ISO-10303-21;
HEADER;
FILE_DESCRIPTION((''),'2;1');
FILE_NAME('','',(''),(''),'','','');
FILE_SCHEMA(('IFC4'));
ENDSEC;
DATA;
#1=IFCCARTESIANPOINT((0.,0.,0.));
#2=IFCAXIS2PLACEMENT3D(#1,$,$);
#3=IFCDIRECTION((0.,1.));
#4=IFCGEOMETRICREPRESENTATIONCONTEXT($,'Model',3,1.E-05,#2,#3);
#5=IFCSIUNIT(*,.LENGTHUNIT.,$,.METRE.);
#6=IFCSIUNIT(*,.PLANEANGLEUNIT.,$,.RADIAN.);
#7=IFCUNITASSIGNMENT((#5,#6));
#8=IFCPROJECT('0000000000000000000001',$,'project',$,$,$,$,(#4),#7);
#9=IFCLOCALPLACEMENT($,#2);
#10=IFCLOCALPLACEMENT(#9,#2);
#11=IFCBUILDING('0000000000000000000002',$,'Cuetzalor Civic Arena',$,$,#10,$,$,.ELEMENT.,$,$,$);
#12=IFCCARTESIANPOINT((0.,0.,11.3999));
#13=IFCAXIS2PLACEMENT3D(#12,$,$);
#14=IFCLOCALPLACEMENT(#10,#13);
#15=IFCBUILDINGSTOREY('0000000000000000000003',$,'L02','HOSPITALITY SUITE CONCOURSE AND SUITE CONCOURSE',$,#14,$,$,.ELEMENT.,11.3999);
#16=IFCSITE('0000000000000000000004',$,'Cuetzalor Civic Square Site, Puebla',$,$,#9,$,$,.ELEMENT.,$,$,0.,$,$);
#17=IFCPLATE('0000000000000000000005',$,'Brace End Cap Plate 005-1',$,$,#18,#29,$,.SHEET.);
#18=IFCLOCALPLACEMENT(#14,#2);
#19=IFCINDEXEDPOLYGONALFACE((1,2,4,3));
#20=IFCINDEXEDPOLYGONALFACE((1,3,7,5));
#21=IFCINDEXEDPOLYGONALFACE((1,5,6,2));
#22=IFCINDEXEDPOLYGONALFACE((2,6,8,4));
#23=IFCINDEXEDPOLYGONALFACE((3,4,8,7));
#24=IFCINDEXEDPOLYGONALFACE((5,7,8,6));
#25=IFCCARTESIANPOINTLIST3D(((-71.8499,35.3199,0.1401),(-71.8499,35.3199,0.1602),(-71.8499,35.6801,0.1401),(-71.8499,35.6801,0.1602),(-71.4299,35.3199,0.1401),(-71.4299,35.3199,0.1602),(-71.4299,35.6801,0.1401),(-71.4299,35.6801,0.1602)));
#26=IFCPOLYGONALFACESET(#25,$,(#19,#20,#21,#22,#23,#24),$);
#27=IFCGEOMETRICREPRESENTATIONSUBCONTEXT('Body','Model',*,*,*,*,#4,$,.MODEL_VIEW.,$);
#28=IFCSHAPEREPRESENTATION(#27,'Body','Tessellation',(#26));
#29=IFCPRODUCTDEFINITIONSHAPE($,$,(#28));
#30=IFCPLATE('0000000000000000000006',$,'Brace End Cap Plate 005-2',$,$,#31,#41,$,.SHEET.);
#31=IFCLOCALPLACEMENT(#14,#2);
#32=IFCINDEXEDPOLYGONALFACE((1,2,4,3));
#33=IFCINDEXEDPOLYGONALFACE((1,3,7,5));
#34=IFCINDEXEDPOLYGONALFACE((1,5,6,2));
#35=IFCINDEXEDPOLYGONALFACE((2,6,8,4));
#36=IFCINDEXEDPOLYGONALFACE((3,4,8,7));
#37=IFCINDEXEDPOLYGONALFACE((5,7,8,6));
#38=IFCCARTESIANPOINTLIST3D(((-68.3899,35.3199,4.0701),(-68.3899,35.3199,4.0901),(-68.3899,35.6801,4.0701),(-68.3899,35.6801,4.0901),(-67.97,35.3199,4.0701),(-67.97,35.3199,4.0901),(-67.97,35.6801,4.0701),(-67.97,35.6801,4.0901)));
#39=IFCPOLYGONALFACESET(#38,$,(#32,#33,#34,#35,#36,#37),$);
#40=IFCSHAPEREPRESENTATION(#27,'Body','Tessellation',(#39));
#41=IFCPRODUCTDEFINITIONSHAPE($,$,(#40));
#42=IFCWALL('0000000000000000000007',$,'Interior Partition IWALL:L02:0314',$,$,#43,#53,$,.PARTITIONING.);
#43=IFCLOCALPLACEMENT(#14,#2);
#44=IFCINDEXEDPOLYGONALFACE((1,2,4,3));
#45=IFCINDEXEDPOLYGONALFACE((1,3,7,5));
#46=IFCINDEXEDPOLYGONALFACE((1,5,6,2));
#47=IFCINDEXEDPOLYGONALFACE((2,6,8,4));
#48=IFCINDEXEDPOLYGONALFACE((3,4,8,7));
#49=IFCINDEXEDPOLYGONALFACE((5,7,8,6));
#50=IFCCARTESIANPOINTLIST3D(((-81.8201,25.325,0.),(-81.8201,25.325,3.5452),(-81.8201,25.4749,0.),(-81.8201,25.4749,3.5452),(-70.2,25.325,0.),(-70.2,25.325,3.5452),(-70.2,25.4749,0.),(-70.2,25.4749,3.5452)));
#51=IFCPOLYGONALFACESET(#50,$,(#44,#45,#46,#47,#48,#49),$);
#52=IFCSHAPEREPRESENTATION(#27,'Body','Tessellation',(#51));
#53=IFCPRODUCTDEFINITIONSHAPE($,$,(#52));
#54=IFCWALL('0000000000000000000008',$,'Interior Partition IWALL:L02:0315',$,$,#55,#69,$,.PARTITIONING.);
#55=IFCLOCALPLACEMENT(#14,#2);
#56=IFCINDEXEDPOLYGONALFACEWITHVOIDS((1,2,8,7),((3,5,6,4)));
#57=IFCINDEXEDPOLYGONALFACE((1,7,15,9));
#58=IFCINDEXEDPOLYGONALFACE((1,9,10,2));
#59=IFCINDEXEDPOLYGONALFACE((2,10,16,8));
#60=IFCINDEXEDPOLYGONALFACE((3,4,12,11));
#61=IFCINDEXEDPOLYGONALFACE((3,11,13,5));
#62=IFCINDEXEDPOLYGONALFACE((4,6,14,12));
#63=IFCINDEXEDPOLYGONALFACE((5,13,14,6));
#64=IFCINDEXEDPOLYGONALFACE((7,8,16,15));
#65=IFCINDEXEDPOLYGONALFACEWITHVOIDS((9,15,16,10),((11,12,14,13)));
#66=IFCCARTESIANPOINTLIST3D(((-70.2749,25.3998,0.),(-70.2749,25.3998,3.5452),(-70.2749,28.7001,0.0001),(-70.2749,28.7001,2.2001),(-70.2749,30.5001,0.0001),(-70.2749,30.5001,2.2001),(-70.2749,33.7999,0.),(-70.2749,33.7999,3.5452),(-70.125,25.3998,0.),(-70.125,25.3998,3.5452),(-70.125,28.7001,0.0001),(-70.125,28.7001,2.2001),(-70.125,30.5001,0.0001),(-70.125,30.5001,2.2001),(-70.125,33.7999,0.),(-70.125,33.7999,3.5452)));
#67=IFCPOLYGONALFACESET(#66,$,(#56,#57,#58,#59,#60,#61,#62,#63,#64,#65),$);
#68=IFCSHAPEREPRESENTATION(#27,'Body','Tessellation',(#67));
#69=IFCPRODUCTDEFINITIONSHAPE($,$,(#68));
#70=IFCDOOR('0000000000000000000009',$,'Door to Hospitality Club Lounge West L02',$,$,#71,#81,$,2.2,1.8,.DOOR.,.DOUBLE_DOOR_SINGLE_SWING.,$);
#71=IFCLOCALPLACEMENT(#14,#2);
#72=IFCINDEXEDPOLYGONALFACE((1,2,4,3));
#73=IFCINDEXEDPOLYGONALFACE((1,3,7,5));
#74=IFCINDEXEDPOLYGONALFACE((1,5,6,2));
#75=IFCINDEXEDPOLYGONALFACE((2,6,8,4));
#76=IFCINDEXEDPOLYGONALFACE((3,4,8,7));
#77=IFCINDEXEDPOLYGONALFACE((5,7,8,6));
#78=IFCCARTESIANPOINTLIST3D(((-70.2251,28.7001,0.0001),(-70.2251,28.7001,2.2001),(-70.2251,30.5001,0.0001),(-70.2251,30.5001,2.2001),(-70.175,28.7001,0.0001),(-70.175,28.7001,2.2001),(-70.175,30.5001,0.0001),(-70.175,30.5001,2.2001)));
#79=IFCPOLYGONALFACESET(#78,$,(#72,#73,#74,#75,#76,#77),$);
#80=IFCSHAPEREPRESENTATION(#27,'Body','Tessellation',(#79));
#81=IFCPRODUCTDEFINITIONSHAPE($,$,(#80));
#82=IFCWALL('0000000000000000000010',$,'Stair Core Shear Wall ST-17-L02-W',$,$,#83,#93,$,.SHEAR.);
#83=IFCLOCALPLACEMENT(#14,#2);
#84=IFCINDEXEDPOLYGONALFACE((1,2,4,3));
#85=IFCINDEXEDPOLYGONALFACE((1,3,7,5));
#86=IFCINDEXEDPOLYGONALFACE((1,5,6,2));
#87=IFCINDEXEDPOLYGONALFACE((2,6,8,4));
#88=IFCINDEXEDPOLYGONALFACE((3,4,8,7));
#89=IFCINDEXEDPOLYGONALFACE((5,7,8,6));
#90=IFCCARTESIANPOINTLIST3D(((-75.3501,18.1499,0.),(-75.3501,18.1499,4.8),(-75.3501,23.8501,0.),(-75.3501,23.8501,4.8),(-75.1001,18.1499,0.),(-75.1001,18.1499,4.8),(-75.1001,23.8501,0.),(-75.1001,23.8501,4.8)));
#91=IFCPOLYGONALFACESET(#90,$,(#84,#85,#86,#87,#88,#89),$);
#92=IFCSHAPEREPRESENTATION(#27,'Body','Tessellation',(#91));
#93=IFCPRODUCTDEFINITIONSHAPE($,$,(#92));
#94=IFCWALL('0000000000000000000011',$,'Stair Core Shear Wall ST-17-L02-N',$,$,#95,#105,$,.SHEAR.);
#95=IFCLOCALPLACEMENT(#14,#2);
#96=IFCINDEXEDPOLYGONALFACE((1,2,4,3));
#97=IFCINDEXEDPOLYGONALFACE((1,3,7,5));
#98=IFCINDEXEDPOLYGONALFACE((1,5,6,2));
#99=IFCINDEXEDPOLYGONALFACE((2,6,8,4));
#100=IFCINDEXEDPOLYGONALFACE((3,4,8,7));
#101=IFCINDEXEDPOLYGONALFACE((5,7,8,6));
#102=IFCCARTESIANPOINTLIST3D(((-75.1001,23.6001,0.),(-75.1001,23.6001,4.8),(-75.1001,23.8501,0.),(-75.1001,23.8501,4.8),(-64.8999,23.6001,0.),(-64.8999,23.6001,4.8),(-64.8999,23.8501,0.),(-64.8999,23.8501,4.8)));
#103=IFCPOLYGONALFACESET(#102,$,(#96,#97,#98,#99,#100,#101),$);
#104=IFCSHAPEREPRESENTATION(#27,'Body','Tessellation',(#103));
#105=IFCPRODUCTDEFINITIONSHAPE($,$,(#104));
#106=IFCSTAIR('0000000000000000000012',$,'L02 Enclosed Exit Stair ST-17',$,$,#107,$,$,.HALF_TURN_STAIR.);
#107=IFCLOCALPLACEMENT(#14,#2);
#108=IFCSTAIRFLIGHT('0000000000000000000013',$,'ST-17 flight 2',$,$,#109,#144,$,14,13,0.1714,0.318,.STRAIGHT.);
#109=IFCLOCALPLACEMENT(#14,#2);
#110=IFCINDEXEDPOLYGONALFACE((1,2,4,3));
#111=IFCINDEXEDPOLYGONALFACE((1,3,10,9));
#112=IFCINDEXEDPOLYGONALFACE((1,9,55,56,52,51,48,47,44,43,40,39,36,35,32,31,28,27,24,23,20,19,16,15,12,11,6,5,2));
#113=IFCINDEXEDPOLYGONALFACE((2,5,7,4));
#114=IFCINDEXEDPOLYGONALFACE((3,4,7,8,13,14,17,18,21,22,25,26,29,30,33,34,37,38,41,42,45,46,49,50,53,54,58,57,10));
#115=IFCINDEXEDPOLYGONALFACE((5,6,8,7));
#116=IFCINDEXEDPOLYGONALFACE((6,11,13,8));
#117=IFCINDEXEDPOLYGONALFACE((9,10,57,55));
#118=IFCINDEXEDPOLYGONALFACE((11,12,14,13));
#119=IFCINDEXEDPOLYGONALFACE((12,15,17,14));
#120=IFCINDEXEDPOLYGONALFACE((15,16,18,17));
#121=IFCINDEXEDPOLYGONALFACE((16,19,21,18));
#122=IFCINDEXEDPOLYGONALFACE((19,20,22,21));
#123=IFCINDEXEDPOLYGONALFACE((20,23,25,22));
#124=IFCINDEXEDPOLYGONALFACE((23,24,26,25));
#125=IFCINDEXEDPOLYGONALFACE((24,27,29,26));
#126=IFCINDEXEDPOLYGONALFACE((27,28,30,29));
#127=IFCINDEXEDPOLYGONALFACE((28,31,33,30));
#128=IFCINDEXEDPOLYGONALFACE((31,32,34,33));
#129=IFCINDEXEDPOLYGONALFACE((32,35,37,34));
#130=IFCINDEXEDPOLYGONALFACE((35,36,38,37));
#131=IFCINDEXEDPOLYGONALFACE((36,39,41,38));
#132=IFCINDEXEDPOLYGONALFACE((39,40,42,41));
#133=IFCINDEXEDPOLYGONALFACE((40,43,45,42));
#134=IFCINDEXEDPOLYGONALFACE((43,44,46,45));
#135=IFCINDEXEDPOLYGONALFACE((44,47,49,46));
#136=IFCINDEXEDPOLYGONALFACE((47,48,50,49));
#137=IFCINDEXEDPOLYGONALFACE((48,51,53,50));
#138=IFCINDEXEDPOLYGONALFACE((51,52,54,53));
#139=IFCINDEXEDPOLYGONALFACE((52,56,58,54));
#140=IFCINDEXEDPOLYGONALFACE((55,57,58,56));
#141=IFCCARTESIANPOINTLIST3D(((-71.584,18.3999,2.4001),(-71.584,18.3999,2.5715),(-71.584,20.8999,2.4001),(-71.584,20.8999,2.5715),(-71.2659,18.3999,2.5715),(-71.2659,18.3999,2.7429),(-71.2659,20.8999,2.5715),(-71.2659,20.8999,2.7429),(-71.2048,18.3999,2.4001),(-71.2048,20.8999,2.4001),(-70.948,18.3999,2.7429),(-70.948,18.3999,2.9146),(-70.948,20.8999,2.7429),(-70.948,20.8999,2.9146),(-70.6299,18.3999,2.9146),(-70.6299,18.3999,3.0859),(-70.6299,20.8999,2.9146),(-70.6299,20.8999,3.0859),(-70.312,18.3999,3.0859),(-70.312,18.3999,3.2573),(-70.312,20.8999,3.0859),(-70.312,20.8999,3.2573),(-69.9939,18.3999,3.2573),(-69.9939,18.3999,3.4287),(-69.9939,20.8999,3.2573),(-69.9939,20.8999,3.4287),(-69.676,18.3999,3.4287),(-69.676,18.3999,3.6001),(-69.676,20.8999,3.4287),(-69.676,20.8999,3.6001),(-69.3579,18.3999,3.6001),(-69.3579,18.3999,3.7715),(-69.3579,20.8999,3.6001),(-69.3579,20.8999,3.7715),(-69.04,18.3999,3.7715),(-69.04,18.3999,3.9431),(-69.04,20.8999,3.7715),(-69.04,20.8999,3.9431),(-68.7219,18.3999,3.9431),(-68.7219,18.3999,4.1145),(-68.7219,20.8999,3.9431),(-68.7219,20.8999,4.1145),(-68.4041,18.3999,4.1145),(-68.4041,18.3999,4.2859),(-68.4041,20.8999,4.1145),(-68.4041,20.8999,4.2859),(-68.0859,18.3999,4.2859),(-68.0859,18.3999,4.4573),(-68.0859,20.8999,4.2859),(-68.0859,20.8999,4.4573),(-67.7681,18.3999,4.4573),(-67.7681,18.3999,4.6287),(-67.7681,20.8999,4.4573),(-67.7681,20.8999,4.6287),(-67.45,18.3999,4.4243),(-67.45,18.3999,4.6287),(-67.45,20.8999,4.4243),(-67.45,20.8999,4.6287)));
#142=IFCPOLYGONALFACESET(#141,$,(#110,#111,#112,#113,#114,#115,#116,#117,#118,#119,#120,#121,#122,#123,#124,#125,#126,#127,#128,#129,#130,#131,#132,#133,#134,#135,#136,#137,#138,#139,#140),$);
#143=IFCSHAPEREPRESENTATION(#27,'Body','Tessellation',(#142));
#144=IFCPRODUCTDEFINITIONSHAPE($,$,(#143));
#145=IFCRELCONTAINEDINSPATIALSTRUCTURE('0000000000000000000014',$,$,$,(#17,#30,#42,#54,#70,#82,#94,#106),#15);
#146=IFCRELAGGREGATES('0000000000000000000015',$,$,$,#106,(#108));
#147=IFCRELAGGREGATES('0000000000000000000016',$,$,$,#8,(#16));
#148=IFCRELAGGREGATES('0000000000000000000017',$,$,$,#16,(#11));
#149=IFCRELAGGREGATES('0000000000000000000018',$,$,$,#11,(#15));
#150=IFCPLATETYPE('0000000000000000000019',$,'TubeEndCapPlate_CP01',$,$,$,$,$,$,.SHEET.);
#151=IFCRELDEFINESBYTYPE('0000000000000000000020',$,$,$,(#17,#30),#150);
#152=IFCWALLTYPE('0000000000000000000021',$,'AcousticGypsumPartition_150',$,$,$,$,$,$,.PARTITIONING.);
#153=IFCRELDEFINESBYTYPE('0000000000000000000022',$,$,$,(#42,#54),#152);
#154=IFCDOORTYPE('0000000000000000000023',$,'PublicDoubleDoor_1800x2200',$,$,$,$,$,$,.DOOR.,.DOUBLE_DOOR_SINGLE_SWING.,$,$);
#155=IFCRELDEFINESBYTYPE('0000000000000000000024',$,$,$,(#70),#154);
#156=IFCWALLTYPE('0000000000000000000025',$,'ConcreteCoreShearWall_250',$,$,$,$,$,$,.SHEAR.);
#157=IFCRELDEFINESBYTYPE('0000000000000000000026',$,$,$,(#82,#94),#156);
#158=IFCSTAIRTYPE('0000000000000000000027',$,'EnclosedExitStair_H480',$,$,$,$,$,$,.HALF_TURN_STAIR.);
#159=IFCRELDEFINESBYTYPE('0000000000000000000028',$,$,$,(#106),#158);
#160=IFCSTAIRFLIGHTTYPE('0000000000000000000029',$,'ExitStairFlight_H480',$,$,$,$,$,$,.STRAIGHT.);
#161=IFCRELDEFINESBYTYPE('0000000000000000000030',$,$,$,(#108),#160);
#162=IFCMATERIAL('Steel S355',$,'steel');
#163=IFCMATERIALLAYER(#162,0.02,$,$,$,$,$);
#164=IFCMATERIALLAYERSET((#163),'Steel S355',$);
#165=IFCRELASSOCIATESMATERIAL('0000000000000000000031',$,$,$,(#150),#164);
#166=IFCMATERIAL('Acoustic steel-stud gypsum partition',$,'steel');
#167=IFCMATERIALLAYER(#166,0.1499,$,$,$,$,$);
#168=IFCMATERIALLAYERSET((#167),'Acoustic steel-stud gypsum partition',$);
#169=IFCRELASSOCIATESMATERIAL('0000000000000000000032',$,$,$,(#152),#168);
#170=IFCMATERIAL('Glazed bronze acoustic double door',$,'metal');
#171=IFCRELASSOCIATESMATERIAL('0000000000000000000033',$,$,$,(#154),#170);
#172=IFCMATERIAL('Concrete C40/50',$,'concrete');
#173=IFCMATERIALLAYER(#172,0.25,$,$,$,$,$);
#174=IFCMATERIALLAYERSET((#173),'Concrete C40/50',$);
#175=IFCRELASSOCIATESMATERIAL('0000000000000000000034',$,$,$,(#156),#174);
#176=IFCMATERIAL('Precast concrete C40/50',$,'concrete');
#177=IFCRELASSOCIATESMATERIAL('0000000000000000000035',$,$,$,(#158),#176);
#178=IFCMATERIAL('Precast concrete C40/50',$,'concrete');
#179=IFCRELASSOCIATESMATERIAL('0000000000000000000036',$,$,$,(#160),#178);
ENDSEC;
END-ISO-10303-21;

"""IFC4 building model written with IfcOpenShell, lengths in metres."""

from ifc_helpers import new_model, si_unit, direction, frame, frame_2d, origin, origin_2d, place, context, subcontext, project, spatial, polyline, rectangle, outline, extrude, material, layer, layer_set, type_object, element, fill, aggregate, save


model = new_model("IFC4")

# Units and contexts
model_context = context("Model", 3, precision=1e-05, world=origin(), true_north=direction((0.0, 1.0)))
body_context = subcontext(model_context, "Body", "Model", "MODEL_VIEW")
ifc_project = project(units=[si_unit("LENGTHUNIT", "METRE"), si_unit("PLANEANGLEUNIT", "RADIAN")], contexts=[model_context])

# Site, building, storey
site_placement = place(None, origin())
site = spatial("IfcSite", under=ifc_project, at=site_placement, Name="Cuetzalor Civic Square Site, Puebla", CompositionType="ELEMENT", RefElevation=0.0)
building_placement = place(site_placement, origin())
building = spatial("IfcBuilding", under=site, at=building_placement, Name="Cuetzalor Civic Arena", CompositionType="ELEMENT")
storey_placement = place(building_placement, frame((0.0, 0.0, 11.3999)))
storey = spatial("IfcBuildingStorey", under=building, at=storey_placement, Name="L02", Description="HOSPITALITY SUITE CONCOURSE AND SUITE CONCOURSE", CompositionType="ELEMENT", Elevation=11.3999)

# Plates
ifc_material_1 = material(Name="Steel S355", Category="steel")
ifc_layer_1 = layer(ifc_material_1, 0.02)
ifc_layer_set_1 = layer_set([ifc_layer_1], Name="Steel S355")
plate_type = type_object("IfcPlateType", Name="TubeEndCapPlate_CP01", PredefinedType="SHEET", material=ifc_layer_set_1)
for number, where, z_axis, x_axis, name in (
    (1, (-71.6399, 35.5, 0.1401), (0.0, 0.0, 1.0), (1.0, 0.0, 0.0), "Brace End Cap Plate 005-1"),
    (2, (-68.1799, 35.5, 4.0701), (0.0, 0.0, 1.0), (1.0, 0.0, 0.0), "Brace End Cap Plate 005-2"),
):
    element("IfcPlate", number, at=place(storey_placement, frame(where, z_axis=z_axis, x_axis=x_axis)), inside=storey, type_object=plate_type, Name=name, PredefinedType="SHEET", context=body_context, shape_type="SweptSolid", body=[
        extrude(rectangle(XDim=0.4199, YDim=0.3601, at=origin_2d()), origin(), (0.0, 0.0, 1.0), 0.02),
    ])

# Wall
ifc_material_2 = material(Name="Acoustic steel-stud gypsum partition", Category="steel")
ifc_layer_2 = layer(ifc_material_2, 0.1499)
ifc_layer_set_2 = layer_set([ifc_layer_2], Name="Acoustic steel-stud gypsum partition")
wall_type_1 = type_object("IfcWallType", Name="AcousticGypsumPartition_150", PredefinedType="PARTITIONING", material=ifc_layer_set_2)
wall_1_placement = place(storey_placement, frame((-70.2, 25.3999, 0.0), z_axis=(0.0, 0.0, 1.0), x_axis=(-1.0, 0.0, 0.0)))
element("IfcWall", 3, at=wall_1_placement, inside=storey, type_object=wall_type_1, Name="Interior Partition IWALL:L02:0314", PredefinedType="PARTITIONING", context=body_context, shape_type="SweptSolid", body=[
    extrude(rectangle(XDim=11.6201, YDim=0.1499, at=frame_2d((5.8101, 0.0))), origin(), (0.0, 0.0, 1.0), 3.5452),
])

# Wall, opening, door
wall_2_placement = place(storey_placement, frame((-70.2, 33.8, 0.0), z_axis=(0.0, 0.0, 1.0), x_axis=(0.0, -1.0, 0.0)))
wall_2 = element("IfcWall", 4, at=wall_2_placement, inside=storey, type_object=wall_type_1, Name="Interior Partition IWALL:L02:0315", PredefinedType="PARTITIONING", context=body_context, shape_type="SweptSolid", body=[
    extrude(rectangle(XDim=8.4001, YDim=0.1499, at=frame_2d((4.2002, 0.0))), origin(), (0.0, 0.0, 1.0), 3.5452),
])
opening_placement = place(wall_2_placement, frame((3.3, 0.0, 0.0)))
opening = element("IfcOpeningElement", 5, at=opening_placement, cuts=wall_2, PredefinedType="OPENING", context=body_context, shape_type="SweptSolid", body=[
    extrude(rectangle(XDim=1.8, YDim=2.2, at=frame_2d((0.8999, 1.1001))), frame((0.0, 0.085, 0.0), z_axis=(0.0, -1.0, 0.0), x_axis=(1.0, 0.0, 0.0)), (0.0, 0.0, 1.0), 0.1699),
])
ifc_material_3 = material(Name="Glazed bronze acoustic double door", Category="metal")
door_type = type_object("IfcDoorType", Name="PublicDoubleDoor_1800x2200", OperationType="DOUBLE_DOOR_SINGLE_SWING", PredefinedType="DOOR", material=ifc_material_3)
door_placement = place(opening_placement, origin())
door = element("IfcDoor", 6, at=door_placement, inside=storey, type_object=door_type, Name="Door to Hospitality Club Lounge West L02", OperationType="DOUBLE_DOOR_SINGLE_SWING", OverallHeight=2.2, OverallWidth=1.8, PredefinedType="DOOR", context=body_context, shape_type="SweptSolid", body=[
    extrude(rectangle(XDim=1.8, YDim=2.2, at=frame_2d((0.8999, 1.1001))), frame((0.0, 0.0249, 0.0), z_axis=(0.0, -1.0, 0.0), x_axis=(1.0, 0.0, 0.0)), (0.0, 0.0, 1.0), 0.05),
])
fill(opening, door)

# Walls
ifc_material_4 = material(Name="Concrete C40/50", Category="concrete")
ifc_layer_3 = layer(ifc_material_4, 0.25)
ifc_layer_set_3 = layer_set([ifc_layer_3], Name="Concrete C40/50")
wall_type_2 = type_object("IfcWallType", Name="ConcreteCoreShearWall_250", PredefinedType="SHEAR", material=ifc_layer_set_3)
wall_3_placement = place(storey_placement, frame((-75.2251, 18.1499, 0.0), z_axis=(0.0, 0.0, 1.0), x_axis=(0.0, 1.0, 0.0)))
element("IfcWall", 7, at=wall_3_placement, inside=storey, type_object=wall_type_2, Name="Stair Core Shear Wall ST-17-L02-W", PredefinedType="SHEAR", context=body_context, shape_type="SweptSolid", body=[
    extrude(rectangle(XDim=5.7002, YDim=0.25, at=frame_2d((2.8501, 0.0))), origin(), (0.0, 0.0, 1.0), 4.8),
])
wall_4_placement = place(storey_placement, frame((-75.1001, 23.7251, 0.0), z_axis=(0.0, 0.0, 1.0), x_axis=(1.0, 0.0, 0.0)))
element("IfcWall", 8, at=wall_4_placement, inside=storey, type_object=wall_type_2, Name="Stair Core Shear Wall ST-17-L02-N", PredefinedType="SHEAR", context=body_context, shape_type="SweptSolid", body=[
    extrude(rectangle(XDim=10.2002, YDim=0.25, at=frame_2d((5.1001, 0.0))), origin(), (0.0, 0.0, 1.0), 4.8),
])

# Stair, stair flight
ifc_material_5 = material(Name="Precast concrete C40/50", Category="concrete")
stair_type = type_object("IfcStairType", Name="EnclosedExitStair_H480", PredefinedType="HALF_TURN_STAIR", material=ifc_material_5)
stair_placement = place(storey_placement, origin())
stair = element("IfcStair", 9, at=stair_placement, inside=storey, type_object=stair_type, Name="L02 Enclosed Exit Stair ST-17", PredefinedType="HALF_TURN_STAIR")
ifc_material_6 = material(Name="Precast concrete C40/50", Category="concrete")
stair_flight_type = type_object("IfcStairFlightType", Name="ExitStairFlight_H480", PredefinedType="STRAIGHT", material=ifc_material_6)
stair_flight_placement = place(storey_placement, frame((-71.584, 19.6499, 2.4001), z_axis=(0.0, 0.0, 1.0), x_axis=(1.0, 0.0, 0.0)))
stair_flight = element("IfcStairFlight", 10, at=stair_flight_placement, type_object=stair_flight_type, Name="ST-17 flight 2", NumberOfRisers=14, NumberOfTreads=13, PredefinedType="STRAIGHT", RiserHeight=0.1714, TreadLength=0.318, context=body_context, shape_type="SweptSolid", body=[
    extrude(outline(polyline([(0.0, 0.0), (0.0, 0.1714), (0.3181, 0.1714), (0.3181, 0.3428), (0.636, 0.3428), (0.636, 0.5144), (0.9541, 0.5144), (0.9541, 0.6858), (1.272, 0.6858), (1.272, 0.8572), (1.5901, 0.8572), (1.5901, 1.0286), (1.908, 1.0286), (1.908, 1.2), (2.2261, 1.2), (2.2261, 1.3713), (2.5439, 1.3713), (2.5439, 1.543), (2.8621, 1.543), (2.8621, 1.7144), (3.1799, 1.7144), (3.1799, 1.8857), (3.498, 1.8857), (3.498, 2.0571), (3.8159, 2.0571), (3.8159, 2.2285), (4.134, 2.2285), (4.134, 2.3999), (4.134, 2.0242), (0.3792, 0.0), (0.0, 0.0)])), frame((0.0, 1.25, 0.0), z_axis=(0.0, -1.0, 0.0), x_axis=(1.0, 0.0, 0.0)), (0.0, 0.0, 1.0), 2.5),
])
aggregate(stair, [stair_flight])

save(model, "model.ifc")
